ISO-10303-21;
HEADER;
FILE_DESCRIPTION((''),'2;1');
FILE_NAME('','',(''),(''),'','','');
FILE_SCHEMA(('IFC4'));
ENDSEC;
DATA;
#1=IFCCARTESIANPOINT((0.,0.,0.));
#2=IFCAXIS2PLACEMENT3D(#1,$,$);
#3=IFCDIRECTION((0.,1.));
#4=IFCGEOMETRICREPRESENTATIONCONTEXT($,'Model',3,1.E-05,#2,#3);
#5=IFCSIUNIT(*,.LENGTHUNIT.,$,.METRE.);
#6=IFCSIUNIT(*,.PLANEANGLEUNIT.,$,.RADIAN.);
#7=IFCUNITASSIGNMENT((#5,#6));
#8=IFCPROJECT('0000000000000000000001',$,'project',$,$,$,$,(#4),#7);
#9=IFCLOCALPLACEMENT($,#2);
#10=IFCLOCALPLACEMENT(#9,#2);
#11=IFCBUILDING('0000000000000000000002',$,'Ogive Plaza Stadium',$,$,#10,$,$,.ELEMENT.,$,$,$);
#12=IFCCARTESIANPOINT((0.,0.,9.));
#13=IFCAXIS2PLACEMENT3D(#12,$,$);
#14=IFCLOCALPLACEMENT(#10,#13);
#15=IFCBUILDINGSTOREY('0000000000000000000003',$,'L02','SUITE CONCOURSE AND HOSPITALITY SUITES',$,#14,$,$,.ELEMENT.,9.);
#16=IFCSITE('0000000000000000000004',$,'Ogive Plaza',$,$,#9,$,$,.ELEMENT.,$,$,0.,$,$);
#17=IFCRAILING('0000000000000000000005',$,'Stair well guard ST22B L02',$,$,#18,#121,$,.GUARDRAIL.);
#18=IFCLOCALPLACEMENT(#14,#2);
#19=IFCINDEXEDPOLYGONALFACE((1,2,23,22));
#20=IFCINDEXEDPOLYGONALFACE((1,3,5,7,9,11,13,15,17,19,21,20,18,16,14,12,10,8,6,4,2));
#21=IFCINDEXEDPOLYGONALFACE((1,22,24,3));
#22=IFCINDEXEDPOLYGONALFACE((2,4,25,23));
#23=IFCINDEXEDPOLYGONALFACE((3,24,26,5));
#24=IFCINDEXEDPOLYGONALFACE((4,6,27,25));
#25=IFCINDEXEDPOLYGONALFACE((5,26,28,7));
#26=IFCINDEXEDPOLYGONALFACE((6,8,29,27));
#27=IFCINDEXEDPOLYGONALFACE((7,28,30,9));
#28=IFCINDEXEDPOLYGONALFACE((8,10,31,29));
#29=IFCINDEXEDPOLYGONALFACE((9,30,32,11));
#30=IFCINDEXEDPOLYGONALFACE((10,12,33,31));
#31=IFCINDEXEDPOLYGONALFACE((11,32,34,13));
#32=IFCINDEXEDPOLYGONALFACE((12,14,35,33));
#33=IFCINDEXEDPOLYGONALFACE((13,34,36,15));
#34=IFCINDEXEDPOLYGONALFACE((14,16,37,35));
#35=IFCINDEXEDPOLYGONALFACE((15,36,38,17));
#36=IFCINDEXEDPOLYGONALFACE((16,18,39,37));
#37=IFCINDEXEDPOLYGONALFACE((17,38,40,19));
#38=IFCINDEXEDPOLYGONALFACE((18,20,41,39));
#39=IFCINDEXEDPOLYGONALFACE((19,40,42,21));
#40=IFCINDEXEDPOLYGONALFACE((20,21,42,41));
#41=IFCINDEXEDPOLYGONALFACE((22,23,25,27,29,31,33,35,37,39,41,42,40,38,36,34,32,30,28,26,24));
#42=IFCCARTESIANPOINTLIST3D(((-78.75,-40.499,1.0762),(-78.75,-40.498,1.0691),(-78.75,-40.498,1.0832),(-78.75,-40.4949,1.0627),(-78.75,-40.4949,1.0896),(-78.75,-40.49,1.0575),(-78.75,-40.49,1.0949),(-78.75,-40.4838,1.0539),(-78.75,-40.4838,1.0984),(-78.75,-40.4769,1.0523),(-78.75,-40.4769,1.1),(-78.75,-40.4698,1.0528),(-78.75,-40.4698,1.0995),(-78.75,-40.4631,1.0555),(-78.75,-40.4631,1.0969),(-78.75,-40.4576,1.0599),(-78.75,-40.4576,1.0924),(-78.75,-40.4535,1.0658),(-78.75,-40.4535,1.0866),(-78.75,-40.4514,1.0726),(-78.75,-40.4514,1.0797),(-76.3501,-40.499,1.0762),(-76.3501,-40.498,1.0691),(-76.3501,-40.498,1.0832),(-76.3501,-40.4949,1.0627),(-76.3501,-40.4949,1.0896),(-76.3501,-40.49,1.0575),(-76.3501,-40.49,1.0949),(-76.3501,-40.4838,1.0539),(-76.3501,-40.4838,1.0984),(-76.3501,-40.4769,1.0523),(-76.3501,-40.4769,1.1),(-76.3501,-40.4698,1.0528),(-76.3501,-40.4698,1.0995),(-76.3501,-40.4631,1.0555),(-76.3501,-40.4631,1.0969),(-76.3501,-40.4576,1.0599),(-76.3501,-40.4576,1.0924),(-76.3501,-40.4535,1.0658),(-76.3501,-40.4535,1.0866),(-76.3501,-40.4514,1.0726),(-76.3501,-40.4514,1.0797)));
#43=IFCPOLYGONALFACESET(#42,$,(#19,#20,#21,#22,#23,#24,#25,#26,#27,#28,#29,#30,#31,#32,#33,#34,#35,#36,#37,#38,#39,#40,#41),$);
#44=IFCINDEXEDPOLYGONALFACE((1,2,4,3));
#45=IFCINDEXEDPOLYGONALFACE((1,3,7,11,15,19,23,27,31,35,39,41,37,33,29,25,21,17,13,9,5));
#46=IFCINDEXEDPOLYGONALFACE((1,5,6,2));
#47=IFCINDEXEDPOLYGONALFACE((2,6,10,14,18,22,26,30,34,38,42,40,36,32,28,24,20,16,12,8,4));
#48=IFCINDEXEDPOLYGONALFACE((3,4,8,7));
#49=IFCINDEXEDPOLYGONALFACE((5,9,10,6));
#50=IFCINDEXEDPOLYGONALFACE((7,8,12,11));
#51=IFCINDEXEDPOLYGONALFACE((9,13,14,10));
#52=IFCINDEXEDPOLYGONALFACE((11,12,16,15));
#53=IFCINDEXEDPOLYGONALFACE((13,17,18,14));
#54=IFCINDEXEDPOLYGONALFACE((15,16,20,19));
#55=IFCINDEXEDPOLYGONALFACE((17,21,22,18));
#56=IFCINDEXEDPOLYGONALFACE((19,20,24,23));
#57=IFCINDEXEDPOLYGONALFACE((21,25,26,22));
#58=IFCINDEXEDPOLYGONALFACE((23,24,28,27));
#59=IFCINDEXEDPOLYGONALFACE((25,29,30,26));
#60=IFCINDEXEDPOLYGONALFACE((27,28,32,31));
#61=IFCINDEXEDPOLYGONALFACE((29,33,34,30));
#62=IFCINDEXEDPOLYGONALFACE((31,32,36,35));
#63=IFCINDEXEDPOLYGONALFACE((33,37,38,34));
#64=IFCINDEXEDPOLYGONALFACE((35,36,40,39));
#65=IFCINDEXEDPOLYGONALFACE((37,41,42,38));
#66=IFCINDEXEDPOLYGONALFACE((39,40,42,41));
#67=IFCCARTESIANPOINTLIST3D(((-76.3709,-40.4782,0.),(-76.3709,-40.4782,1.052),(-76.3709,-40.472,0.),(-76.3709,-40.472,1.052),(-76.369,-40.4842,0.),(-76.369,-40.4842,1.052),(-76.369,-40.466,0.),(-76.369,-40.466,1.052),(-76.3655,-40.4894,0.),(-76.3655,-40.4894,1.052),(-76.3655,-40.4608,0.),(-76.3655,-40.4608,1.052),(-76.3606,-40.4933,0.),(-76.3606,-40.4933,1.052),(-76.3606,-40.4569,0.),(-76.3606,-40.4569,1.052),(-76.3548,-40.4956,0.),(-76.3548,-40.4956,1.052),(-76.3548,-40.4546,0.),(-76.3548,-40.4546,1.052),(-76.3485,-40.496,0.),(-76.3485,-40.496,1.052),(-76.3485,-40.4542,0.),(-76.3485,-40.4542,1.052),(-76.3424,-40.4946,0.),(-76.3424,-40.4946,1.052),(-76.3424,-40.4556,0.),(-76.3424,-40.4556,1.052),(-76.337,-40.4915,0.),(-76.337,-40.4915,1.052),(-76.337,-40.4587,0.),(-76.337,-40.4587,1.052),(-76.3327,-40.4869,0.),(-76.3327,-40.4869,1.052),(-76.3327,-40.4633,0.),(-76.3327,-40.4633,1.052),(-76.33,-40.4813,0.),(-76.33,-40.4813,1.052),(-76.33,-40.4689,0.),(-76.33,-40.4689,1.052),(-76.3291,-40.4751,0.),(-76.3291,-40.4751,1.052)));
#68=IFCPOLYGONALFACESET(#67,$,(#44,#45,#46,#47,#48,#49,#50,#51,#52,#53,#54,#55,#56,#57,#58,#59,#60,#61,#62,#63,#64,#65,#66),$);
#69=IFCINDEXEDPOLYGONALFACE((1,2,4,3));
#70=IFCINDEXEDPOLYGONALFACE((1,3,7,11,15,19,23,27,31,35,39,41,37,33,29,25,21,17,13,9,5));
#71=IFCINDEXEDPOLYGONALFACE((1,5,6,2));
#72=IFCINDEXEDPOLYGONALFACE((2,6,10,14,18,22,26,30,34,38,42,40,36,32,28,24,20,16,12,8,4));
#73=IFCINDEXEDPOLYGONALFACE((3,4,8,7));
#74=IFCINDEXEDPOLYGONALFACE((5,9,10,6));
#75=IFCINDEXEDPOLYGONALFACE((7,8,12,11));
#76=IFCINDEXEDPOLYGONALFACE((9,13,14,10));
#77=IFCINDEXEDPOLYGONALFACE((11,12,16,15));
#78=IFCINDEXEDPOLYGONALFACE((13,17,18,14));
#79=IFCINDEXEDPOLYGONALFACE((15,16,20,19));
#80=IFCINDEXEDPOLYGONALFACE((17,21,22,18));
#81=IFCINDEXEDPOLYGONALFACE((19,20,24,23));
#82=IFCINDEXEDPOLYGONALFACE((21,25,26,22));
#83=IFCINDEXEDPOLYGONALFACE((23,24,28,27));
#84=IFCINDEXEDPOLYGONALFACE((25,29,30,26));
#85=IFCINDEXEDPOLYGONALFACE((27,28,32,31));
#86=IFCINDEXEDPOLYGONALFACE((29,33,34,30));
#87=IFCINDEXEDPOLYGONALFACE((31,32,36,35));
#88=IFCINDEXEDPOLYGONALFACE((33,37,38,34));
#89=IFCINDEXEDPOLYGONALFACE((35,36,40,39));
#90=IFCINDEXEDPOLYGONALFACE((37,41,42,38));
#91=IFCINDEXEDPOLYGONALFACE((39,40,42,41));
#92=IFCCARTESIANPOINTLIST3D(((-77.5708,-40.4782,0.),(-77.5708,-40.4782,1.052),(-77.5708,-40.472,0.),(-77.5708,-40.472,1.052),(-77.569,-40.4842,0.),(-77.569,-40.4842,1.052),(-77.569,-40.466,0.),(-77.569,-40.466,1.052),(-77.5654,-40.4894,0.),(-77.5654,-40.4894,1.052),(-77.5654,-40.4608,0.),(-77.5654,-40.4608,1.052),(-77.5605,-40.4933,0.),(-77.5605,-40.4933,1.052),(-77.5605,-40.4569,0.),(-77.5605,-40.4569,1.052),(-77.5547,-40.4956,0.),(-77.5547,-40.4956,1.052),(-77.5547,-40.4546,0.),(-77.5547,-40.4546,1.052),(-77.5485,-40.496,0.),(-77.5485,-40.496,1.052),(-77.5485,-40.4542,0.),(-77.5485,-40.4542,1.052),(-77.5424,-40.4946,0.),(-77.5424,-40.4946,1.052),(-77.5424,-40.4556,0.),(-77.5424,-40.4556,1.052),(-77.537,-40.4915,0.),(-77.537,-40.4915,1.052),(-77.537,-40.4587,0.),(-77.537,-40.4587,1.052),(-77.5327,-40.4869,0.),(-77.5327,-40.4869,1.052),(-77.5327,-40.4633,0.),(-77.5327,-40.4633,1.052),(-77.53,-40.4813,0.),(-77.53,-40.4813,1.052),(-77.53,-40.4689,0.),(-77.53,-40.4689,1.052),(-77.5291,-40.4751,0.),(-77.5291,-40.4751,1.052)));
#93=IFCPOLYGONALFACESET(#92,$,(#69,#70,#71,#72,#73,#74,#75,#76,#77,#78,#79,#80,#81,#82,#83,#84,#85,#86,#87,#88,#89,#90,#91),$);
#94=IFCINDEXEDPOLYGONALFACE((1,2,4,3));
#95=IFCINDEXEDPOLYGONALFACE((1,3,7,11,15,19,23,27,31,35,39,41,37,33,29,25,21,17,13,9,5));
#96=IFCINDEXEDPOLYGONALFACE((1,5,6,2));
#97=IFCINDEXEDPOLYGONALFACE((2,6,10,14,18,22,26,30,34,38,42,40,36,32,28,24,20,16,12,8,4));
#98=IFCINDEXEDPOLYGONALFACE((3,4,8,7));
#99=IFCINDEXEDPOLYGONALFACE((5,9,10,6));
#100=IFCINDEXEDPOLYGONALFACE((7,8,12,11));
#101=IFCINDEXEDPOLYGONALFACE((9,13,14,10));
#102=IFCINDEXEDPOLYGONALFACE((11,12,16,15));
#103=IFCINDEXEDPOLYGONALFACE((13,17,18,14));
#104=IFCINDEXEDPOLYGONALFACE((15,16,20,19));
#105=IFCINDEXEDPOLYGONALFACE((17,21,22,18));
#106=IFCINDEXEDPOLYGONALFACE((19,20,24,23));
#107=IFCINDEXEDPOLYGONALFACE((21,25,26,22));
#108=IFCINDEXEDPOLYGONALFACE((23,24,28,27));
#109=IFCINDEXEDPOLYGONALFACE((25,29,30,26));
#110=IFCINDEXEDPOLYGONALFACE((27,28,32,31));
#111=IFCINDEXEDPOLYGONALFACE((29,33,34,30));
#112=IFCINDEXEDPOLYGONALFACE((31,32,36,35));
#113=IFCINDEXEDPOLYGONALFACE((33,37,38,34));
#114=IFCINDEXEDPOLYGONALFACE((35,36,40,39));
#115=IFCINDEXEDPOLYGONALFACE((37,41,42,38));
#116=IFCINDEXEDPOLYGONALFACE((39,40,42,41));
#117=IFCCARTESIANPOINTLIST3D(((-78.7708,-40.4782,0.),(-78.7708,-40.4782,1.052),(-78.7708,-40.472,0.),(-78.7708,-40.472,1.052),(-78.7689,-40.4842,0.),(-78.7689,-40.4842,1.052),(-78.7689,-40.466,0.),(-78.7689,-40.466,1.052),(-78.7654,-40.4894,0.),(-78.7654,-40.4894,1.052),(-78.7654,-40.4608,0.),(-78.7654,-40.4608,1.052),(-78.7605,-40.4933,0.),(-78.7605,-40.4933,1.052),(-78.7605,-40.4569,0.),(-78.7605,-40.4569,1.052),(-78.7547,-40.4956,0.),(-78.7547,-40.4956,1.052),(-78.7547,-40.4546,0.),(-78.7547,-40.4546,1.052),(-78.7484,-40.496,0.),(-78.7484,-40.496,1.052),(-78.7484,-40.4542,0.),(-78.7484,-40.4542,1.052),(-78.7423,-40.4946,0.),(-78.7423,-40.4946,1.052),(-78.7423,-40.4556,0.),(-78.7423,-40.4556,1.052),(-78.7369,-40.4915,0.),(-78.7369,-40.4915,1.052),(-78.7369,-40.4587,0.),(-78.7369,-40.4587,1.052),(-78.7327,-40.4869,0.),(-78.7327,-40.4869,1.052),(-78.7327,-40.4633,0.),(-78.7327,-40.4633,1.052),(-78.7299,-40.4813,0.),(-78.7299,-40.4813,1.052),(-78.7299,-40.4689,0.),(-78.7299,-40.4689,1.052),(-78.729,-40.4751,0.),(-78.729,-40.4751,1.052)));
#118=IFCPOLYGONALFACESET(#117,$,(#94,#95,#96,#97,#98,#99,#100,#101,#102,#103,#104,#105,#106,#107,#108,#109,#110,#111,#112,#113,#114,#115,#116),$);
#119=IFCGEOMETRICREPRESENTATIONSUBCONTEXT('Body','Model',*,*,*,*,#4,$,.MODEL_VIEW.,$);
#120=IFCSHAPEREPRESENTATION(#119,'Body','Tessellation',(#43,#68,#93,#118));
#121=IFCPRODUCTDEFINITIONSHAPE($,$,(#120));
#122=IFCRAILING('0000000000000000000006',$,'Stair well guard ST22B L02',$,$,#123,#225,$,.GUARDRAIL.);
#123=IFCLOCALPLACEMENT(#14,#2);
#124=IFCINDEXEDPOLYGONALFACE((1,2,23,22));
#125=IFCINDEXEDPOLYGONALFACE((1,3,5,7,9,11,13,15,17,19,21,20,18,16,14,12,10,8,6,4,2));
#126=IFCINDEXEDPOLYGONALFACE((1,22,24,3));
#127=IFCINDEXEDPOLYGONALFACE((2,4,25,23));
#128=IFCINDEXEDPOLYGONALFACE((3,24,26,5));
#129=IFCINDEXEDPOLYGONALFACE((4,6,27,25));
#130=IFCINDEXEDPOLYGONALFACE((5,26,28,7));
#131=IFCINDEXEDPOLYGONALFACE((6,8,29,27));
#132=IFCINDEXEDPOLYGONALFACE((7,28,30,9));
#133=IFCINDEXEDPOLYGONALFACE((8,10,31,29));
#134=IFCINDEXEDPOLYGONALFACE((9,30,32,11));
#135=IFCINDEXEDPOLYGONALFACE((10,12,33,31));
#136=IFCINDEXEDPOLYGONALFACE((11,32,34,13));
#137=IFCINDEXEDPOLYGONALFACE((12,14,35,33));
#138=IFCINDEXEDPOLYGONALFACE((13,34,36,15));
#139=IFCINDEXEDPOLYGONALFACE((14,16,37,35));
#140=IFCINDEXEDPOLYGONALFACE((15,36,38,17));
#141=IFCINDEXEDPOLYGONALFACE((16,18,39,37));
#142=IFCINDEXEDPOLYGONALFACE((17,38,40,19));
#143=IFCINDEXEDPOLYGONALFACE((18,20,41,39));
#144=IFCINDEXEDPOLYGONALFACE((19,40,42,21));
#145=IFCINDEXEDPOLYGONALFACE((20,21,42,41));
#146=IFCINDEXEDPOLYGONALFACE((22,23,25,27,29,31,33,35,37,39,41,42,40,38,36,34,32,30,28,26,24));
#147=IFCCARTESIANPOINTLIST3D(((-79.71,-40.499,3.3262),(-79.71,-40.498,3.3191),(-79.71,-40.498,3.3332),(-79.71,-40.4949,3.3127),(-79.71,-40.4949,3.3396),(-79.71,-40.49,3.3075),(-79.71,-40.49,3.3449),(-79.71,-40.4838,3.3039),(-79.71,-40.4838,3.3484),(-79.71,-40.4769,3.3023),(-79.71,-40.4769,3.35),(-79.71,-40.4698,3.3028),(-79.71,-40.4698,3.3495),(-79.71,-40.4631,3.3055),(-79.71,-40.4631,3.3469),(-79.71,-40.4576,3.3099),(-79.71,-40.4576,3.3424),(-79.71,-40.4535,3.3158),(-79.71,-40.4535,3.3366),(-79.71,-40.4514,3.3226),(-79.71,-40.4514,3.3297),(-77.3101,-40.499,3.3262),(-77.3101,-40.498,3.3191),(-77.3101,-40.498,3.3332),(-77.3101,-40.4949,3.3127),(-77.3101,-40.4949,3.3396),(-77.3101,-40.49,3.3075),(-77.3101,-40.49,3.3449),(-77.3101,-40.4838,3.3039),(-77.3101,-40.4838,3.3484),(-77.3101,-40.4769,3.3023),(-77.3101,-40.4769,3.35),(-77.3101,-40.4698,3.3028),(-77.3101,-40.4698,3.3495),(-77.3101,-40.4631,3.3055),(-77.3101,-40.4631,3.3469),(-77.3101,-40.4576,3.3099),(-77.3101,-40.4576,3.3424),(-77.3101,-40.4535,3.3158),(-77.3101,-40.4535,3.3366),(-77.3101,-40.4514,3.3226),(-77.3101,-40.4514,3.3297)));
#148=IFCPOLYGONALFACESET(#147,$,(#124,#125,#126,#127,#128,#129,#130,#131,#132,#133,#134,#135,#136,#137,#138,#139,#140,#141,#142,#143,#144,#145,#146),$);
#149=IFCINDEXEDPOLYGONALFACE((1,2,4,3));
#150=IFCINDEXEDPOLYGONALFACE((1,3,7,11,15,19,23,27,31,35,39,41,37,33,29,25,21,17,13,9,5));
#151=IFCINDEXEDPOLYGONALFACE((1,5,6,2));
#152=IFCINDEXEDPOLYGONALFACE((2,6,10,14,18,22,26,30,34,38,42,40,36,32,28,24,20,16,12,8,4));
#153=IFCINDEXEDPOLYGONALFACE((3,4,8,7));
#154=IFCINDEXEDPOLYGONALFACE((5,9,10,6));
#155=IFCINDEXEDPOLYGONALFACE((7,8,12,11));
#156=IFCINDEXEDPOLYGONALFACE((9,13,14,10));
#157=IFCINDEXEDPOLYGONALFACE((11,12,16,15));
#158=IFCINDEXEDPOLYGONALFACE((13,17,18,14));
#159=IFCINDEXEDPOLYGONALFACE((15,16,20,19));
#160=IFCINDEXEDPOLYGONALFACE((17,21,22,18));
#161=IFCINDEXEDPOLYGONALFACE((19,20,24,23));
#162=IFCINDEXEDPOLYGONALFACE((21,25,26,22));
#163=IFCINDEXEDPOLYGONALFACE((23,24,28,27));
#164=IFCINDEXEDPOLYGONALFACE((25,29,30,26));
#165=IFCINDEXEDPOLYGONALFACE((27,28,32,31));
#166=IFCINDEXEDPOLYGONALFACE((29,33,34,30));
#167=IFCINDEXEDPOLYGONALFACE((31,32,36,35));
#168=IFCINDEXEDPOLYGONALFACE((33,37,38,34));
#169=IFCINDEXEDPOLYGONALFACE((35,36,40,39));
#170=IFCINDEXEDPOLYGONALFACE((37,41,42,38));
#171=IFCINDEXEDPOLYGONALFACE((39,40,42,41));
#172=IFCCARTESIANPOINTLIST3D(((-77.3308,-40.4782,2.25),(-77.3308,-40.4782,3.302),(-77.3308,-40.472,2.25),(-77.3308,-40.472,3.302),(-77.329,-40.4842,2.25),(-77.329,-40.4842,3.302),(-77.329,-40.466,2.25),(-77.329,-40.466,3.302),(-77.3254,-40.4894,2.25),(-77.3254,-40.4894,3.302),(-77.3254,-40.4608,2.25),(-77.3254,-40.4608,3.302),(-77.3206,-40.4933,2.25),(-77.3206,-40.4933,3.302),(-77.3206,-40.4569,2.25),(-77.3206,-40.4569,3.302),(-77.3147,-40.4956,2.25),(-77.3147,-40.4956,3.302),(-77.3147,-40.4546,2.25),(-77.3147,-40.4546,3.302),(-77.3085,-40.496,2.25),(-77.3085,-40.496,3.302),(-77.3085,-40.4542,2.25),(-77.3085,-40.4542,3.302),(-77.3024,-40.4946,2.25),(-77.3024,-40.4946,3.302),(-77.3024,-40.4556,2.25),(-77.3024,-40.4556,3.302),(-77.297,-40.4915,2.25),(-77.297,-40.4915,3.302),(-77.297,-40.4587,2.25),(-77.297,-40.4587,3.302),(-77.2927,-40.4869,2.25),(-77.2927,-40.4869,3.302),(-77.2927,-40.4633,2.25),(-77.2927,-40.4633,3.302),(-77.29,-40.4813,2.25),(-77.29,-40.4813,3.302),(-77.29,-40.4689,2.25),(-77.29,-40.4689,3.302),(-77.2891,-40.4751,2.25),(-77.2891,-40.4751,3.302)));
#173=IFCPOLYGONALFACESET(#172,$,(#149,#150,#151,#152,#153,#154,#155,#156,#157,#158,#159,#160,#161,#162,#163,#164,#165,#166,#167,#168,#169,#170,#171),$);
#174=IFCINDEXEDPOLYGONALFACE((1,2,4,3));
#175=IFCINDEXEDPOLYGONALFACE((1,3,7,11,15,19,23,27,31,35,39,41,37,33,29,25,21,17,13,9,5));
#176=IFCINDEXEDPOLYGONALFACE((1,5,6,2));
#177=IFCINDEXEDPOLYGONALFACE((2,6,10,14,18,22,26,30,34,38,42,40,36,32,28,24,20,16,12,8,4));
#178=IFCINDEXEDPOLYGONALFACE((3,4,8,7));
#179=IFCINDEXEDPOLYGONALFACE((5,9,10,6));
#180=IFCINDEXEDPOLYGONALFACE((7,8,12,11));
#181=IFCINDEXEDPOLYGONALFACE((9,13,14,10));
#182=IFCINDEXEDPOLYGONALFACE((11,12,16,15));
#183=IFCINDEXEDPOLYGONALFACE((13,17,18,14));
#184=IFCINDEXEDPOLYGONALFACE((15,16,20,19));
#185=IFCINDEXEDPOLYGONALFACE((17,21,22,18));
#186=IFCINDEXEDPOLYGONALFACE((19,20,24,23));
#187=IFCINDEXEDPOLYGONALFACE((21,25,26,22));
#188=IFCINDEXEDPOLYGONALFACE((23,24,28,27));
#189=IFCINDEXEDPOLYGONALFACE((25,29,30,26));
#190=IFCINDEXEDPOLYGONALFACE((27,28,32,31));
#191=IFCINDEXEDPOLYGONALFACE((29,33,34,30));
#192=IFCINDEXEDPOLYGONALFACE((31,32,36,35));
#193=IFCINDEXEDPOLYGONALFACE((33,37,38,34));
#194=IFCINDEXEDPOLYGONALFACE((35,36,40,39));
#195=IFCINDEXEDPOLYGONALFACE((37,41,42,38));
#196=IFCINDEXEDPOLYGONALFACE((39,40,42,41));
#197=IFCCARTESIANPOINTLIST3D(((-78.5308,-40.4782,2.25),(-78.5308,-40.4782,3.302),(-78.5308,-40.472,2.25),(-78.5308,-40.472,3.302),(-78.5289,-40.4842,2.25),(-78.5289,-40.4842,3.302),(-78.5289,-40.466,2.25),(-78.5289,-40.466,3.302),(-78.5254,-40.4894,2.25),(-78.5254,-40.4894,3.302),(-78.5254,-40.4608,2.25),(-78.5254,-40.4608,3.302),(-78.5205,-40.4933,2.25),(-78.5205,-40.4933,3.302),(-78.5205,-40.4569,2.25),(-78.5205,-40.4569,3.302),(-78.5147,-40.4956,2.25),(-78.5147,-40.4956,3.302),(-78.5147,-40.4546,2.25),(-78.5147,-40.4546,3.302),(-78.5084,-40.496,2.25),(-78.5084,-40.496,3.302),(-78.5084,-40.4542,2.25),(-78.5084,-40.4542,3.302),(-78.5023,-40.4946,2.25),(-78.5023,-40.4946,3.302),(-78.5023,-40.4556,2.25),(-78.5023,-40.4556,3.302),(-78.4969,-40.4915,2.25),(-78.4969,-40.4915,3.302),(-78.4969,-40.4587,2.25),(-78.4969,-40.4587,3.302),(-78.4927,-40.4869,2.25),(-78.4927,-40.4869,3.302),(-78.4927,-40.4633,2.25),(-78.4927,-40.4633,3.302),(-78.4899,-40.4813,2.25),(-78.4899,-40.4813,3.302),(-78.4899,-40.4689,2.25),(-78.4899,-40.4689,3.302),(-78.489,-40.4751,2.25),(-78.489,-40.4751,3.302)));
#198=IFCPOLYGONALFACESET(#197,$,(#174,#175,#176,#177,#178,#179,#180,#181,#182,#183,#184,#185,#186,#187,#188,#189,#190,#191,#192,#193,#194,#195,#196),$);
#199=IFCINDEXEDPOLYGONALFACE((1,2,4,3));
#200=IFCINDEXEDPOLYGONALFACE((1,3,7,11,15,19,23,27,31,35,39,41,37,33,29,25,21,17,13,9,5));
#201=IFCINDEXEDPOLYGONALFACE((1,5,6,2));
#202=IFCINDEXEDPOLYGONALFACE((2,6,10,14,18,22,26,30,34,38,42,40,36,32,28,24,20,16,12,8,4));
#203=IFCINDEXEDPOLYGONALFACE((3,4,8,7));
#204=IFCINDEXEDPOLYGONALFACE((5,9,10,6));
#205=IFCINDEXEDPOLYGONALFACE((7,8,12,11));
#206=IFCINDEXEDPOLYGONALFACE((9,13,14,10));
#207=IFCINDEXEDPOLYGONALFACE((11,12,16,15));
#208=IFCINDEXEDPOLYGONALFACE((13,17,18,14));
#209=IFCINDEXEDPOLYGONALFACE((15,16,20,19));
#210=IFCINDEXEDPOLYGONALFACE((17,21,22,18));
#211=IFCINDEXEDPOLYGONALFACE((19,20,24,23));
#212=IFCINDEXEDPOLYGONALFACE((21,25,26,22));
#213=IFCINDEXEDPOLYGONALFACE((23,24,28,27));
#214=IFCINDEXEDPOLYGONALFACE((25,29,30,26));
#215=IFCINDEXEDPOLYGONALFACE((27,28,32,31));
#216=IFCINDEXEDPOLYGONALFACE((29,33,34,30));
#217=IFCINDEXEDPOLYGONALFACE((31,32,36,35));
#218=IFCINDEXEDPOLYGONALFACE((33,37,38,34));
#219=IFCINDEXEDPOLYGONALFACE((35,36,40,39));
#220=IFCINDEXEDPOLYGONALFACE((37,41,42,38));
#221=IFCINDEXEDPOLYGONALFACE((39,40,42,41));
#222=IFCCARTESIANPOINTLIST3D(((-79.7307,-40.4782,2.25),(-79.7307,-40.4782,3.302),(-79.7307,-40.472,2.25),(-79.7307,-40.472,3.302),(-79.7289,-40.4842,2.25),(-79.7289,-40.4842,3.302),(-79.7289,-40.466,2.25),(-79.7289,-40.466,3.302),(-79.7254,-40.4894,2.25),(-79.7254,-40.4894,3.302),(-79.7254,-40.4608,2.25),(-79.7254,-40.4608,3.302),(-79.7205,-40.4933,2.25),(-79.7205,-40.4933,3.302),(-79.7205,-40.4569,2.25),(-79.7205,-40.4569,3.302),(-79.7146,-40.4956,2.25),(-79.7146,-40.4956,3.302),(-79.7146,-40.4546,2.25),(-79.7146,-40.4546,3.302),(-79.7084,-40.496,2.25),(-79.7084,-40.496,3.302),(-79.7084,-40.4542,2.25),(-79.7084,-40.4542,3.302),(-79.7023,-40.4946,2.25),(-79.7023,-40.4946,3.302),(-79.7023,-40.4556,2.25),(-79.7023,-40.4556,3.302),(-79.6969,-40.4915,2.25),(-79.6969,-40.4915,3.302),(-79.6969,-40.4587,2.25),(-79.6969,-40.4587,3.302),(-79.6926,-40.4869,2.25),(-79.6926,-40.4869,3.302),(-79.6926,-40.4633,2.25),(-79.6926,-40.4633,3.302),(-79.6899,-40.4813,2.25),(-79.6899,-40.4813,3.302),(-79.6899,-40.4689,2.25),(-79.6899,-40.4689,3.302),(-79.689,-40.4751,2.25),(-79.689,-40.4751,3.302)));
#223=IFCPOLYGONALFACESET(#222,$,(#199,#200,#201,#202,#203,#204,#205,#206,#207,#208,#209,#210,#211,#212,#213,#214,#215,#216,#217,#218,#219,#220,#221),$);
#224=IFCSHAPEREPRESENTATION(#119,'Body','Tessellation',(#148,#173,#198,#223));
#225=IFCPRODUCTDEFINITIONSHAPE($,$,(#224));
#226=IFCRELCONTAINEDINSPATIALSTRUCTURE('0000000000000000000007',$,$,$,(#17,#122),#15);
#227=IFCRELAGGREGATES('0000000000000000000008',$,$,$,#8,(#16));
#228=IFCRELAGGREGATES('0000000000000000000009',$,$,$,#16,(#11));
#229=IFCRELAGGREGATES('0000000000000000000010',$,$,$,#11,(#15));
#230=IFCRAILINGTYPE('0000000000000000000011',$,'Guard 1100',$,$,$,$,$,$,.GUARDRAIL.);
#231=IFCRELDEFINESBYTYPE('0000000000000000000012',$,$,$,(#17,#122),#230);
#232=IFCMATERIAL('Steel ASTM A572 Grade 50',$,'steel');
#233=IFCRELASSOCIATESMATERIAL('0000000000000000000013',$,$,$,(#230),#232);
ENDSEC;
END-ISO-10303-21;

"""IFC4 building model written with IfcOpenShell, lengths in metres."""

from ifc_helpers import new_model, si_unit, direction, frame, origin, origin_2d, place, context, subcontext, project, spatial, circle, extrude, material, type_object, element, save


model = new_model("IFC4")

# Units and contexts
model_context = context("Model", 3, precision=1e-05, world=origin(), true_north=direction((0.0, 1.0)))
body_context = subcontext(model_context, "Body", "Model", "MODEL_VIEW")
ifc_project = project(units=[si_unit("LENGTHUNIT", "METRE"), si_unit("PLANEANGLEUNIT", "RADIAN")], contexts=[model_context])

# Site, building, storey
site_placement = place(None, origin())
site = spatial("IfcSite", under=ifc_project, at=site_placement, Name="Ogive Plaza", CompositionType="ELEMENT", RefElevation=0.0)
building_placement = place(site_placement, origin())
building = spatial("IfcBuilding", under=site, at=building_placement, Name="Ogive Plaza Stadium", CompositionType="ELEMENT")
storey_placement = place(building_placement, frame((0.0, 0.0, 9.0)))
storey = spatial("IfcBuildingStorey", under=building, at=storey_placement, Name="L02", Description="SUITE CONCOURSE AND HOSPITALITY SUITES", CompositionType="ELEMENT", Elevation=9.0)

# Railings
ifc_material_1 = material(Name="Steel ASTM A572 Grade 50", Category="steel")
railing_type_1 = type_object("IfcRailingType", Name="Guard 1100", PredefinedType="GUARDRAIL", material=ifc_material_1)
for number, where, name in (
    (1, (-76.3501, -40.4751, 0.0), "Stair well guard ST22B L02"),
    (2, (-77.3101, -40.4751, 2.25), "Stair well guard ST22B L02"),
):
    element("IfcRailing", number, at=place(storey_placement, frame(where)), inside=storey, type_object=railing_type_1, Name=name, PredefinedType="GUARDRAIL", context=body_context, shape_type="SweptSolid", body=[
        extrude(circle(Radius=0.0239, at=origin_2d()), frame((0.0, 0.0, 1.0762), z_axis=(-1.0, 0.0, 0.0), x_axis=(0.0, -1.0, 0.0)), (0.0, 0.0, 1.0), 2.3999),
        extrude(circle(Radius=0.021, at=origin_2d()), origin(), (0.0, 0.0, 1.0), 1.052),
        extrude(circle(Radius=0.021, at=origin_2d()), frame((-1.2, 0.0, 0.0)), (0.0, 0.0, 1.0), 1.052),
        extrude(circle(Radius=0.021, at=origin_2d()), frame((-2.3999, 0.0, 0.0)), (0.0, 0.0, 1.0), 1.052),
    ])

save(model, "model.ifc")
